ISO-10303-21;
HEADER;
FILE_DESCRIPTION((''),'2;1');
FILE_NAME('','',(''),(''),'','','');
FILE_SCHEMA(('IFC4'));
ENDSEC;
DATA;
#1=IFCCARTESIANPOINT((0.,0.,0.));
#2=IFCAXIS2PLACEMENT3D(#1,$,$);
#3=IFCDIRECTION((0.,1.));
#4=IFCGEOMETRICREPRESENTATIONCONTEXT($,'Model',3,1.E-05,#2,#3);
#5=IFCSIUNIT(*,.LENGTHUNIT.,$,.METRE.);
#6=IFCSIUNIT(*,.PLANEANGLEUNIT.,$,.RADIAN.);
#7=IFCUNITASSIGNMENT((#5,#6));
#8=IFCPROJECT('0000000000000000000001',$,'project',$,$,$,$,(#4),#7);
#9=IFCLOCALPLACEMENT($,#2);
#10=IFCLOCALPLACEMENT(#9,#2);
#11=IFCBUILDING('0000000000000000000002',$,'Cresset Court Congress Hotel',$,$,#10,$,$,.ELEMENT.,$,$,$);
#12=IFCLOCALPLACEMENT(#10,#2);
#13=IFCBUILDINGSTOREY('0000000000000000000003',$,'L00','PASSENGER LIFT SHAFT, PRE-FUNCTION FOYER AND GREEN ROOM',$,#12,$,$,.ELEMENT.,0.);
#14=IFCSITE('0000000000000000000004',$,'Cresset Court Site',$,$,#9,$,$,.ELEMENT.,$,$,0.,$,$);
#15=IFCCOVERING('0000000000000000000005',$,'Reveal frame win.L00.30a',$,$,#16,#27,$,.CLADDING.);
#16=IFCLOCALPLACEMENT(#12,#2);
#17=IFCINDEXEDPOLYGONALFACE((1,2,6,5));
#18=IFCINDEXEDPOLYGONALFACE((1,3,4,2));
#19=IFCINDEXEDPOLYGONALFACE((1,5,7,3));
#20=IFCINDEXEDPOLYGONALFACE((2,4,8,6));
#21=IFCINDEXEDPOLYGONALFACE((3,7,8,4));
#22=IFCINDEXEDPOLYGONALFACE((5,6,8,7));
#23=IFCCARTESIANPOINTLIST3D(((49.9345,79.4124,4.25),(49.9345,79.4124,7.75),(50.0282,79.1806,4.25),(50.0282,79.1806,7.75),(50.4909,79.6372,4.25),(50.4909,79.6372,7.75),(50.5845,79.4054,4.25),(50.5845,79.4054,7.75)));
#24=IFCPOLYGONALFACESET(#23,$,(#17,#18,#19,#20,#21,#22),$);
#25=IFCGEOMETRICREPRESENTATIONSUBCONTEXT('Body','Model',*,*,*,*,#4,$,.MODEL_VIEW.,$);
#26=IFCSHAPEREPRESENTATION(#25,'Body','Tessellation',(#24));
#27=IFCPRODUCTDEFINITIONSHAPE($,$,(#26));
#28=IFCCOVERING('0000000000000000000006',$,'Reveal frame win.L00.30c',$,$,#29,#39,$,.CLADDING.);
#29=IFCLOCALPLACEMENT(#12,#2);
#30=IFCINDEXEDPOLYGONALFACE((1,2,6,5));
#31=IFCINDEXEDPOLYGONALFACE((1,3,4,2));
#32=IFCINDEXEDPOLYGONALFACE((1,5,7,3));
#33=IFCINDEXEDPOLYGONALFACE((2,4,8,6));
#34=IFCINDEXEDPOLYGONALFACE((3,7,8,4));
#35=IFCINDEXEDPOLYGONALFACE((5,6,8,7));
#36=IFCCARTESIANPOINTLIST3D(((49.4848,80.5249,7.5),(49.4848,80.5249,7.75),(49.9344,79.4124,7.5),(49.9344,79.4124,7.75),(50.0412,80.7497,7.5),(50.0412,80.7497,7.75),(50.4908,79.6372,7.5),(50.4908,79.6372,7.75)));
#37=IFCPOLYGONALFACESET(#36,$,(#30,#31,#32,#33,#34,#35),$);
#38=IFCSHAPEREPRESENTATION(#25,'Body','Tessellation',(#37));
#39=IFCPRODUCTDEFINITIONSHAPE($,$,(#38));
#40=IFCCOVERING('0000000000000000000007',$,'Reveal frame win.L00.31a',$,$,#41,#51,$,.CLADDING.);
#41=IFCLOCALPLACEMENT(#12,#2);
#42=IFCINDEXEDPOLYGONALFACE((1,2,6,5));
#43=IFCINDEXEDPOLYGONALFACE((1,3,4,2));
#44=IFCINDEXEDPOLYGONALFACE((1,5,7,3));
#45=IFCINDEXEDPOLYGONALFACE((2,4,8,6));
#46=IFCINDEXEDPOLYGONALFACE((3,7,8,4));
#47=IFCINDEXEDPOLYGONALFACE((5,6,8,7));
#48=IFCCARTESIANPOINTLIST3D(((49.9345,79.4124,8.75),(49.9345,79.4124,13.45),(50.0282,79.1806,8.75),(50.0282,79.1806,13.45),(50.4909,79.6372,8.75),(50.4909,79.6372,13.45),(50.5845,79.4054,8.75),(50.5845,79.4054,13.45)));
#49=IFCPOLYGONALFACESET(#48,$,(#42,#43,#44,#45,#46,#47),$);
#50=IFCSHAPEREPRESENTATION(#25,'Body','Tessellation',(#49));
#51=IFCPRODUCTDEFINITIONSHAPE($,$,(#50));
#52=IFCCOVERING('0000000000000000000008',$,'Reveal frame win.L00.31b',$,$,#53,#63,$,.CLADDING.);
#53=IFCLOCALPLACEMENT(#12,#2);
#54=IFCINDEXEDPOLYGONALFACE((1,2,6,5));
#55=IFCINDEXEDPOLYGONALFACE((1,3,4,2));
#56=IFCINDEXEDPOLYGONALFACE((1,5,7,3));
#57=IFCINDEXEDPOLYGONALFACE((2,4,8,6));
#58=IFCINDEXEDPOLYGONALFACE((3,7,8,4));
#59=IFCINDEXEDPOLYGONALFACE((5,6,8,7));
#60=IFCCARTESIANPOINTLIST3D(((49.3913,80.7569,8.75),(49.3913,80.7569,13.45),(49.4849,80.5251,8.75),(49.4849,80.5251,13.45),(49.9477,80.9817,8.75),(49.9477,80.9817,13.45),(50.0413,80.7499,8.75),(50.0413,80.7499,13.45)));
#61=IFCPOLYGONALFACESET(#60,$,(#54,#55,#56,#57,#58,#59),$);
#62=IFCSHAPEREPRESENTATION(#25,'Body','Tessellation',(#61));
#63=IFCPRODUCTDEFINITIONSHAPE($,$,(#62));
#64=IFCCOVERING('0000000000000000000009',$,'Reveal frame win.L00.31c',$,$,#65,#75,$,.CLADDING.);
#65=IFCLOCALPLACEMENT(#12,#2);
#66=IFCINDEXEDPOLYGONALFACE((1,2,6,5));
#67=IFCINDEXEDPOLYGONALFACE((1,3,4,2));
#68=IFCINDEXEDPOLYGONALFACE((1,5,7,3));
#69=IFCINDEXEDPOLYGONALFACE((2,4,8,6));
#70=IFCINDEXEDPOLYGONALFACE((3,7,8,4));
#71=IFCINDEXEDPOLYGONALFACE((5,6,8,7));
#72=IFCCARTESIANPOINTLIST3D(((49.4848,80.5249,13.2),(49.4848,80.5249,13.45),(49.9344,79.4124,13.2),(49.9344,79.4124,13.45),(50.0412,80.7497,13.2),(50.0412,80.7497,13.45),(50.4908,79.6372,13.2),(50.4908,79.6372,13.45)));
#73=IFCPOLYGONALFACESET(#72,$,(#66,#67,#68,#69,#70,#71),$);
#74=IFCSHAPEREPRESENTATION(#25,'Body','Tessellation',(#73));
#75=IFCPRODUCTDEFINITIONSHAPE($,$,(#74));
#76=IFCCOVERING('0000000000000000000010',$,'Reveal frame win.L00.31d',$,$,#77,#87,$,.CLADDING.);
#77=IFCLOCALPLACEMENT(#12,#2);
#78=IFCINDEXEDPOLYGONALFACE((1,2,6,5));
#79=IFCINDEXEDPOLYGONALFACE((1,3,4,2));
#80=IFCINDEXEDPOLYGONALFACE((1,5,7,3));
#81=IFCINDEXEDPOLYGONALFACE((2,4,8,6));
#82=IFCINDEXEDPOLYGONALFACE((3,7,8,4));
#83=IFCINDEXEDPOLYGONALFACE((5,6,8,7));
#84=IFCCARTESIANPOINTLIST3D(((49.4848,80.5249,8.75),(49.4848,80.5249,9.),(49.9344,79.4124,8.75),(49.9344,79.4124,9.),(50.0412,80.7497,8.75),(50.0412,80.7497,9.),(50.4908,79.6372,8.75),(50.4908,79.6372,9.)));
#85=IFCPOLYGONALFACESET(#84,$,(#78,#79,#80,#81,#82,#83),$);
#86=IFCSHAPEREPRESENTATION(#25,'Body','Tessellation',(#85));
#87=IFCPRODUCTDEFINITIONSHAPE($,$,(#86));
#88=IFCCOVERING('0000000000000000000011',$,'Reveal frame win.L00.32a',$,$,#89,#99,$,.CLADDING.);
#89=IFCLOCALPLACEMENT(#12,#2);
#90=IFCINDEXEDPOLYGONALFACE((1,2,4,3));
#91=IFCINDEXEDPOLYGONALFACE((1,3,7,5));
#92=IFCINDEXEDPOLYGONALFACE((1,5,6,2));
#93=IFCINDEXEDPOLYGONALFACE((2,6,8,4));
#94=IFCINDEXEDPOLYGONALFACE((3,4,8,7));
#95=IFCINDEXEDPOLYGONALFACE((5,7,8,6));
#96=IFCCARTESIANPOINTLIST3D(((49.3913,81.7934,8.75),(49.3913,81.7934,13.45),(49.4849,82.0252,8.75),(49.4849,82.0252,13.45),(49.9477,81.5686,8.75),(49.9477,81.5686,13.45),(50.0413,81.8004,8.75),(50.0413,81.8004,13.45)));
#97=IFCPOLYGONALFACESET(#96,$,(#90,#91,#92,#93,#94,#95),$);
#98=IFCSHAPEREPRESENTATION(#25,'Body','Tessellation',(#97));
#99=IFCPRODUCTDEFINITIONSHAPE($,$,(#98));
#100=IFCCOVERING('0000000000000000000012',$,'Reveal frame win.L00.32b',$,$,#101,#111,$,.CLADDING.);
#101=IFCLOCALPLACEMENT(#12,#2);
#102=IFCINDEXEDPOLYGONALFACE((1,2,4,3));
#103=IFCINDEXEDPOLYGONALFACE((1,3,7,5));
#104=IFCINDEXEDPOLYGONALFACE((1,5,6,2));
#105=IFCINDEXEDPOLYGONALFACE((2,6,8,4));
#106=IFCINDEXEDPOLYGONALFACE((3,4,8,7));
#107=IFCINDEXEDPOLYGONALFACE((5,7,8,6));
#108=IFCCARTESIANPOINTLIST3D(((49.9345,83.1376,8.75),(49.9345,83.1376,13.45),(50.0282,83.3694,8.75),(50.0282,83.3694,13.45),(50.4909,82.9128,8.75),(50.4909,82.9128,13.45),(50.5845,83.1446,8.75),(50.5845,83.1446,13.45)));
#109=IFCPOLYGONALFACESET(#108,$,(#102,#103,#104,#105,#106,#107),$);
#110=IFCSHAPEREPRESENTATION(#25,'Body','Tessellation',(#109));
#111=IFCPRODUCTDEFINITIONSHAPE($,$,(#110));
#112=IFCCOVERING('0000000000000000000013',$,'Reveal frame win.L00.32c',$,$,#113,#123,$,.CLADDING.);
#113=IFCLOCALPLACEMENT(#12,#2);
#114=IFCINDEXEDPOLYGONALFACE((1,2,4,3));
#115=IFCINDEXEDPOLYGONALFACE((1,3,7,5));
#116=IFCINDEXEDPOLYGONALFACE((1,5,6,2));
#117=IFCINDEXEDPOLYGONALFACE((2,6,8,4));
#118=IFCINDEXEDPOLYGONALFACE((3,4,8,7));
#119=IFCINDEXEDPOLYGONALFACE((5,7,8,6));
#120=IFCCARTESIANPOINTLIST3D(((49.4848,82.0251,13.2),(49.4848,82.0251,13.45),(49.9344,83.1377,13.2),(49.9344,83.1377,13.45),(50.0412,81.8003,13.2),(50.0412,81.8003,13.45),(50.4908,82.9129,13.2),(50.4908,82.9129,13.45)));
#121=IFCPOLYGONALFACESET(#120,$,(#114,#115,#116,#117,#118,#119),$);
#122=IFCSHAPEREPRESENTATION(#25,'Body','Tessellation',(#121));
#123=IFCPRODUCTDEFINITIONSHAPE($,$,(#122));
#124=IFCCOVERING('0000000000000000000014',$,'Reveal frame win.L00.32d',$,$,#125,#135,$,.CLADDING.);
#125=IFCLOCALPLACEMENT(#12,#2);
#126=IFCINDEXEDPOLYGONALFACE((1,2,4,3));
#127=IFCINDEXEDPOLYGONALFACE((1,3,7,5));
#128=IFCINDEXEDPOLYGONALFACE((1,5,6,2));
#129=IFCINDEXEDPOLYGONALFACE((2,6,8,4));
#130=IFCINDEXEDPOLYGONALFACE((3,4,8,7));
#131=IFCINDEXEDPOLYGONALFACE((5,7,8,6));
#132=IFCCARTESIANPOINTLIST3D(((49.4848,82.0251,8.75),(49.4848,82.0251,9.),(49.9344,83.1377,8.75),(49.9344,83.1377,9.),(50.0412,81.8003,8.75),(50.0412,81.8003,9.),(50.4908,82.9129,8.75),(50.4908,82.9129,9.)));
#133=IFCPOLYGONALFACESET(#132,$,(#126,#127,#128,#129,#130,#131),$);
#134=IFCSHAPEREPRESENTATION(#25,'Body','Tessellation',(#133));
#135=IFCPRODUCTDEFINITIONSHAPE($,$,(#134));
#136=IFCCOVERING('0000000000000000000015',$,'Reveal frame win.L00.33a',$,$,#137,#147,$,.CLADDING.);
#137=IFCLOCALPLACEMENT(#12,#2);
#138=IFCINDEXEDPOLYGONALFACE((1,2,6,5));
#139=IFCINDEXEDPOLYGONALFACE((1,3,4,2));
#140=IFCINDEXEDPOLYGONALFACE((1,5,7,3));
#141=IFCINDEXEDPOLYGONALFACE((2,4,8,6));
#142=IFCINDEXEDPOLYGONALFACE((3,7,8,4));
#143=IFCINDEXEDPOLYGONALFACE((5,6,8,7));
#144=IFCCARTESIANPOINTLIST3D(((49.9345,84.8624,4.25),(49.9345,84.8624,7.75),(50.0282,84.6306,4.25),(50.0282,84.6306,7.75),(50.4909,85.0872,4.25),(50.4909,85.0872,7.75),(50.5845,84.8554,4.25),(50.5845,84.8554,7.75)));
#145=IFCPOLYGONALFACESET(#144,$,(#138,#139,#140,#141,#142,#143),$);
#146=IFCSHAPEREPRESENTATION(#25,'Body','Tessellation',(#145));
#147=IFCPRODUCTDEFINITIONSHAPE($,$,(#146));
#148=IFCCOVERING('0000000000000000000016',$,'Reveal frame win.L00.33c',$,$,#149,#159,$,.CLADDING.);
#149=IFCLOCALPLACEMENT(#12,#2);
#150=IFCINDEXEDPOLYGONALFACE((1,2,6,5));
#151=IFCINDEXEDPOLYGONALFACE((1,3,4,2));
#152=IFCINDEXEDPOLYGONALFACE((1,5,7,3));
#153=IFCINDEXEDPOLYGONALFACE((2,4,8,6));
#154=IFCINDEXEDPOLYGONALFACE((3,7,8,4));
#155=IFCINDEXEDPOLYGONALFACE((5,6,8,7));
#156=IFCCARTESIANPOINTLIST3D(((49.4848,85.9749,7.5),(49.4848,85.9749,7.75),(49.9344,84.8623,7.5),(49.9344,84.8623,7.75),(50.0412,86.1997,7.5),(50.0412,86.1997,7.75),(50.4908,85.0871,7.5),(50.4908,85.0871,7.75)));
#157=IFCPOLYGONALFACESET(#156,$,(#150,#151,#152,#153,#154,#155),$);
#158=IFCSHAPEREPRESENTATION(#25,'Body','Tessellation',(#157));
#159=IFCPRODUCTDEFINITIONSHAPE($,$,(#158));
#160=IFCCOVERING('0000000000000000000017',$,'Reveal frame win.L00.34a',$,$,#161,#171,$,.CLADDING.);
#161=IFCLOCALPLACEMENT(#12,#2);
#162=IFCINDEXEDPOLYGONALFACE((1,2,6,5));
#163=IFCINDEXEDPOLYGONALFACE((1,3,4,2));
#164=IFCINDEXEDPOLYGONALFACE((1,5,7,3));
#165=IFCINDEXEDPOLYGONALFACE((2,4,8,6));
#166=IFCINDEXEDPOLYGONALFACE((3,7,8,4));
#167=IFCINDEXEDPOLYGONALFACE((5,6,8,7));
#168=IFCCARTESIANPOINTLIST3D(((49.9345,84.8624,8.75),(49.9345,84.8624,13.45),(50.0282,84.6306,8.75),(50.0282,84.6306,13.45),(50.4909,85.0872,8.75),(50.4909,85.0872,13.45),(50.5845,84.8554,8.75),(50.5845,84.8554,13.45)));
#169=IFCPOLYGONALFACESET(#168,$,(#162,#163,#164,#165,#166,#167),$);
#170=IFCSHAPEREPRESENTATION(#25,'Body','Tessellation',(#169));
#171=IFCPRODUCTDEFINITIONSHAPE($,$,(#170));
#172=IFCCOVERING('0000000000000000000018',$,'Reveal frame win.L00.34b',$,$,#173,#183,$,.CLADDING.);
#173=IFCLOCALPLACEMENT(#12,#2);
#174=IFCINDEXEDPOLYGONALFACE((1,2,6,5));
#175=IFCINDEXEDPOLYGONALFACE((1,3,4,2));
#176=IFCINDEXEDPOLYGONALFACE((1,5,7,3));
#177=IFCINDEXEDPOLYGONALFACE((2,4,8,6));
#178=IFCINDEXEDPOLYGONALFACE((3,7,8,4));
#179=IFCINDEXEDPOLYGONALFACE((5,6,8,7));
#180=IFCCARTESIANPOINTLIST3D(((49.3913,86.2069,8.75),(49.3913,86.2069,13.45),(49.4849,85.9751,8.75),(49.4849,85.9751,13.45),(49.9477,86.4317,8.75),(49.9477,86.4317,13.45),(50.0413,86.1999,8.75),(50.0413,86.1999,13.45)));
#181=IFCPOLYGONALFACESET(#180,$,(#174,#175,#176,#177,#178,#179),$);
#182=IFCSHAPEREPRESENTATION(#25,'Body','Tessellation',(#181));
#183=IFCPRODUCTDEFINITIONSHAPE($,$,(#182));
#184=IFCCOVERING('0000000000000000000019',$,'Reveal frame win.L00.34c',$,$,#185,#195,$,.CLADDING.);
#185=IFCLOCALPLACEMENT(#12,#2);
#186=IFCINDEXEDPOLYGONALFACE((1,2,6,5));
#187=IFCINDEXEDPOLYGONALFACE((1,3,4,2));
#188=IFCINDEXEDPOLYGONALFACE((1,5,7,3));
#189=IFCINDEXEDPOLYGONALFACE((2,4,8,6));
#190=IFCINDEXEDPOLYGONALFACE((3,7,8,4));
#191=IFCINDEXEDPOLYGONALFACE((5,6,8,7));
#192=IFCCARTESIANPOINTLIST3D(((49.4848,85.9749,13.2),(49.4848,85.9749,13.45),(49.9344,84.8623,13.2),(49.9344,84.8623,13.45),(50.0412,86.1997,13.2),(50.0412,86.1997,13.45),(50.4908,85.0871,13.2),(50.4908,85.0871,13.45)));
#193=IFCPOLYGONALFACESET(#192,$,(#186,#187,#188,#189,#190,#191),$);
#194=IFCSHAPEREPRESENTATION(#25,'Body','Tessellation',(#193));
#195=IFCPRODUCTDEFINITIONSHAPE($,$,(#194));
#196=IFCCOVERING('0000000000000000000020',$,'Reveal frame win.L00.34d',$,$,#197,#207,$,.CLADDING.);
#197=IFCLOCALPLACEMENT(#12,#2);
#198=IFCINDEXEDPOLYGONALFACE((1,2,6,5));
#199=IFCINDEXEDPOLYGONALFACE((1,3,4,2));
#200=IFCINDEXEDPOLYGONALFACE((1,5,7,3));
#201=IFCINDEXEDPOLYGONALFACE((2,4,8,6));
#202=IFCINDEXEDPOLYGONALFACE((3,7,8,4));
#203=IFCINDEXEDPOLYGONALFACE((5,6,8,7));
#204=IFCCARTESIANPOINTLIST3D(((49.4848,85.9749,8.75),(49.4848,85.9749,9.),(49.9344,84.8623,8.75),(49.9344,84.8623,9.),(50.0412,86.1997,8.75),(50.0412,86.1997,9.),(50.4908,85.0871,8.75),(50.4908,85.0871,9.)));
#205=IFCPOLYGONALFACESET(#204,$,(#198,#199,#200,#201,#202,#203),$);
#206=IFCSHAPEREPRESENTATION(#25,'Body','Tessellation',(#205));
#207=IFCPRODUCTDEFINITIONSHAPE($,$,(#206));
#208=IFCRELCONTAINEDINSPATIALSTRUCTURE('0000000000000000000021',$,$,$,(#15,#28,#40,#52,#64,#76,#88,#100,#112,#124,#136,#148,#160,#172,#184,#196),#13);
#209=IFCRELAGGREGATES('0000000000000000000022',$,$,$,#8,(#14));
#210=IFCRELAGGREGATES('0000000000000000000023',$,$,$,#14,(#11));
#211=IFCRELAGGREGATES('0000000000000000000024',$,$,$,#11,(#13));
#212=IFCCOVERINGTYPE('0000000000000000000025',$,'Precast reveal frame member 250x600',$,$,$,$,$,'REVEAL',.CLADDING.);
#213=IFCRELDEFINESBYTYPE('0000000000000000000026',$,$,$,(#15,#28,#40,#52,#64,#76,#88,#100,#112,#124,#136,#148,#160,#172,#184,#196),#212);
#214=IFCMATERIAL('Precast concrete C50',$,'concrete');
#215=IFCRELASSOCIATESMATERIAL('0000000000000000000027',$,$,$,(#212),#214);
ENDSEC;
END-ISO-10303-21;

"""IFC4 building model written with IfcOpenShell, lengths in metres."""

from ifc_helpers import new_model, si_unit, direction, frame, origin, origin_2d, place, context, subcontext, project, spatial, rectangle, extrude, material, type_object, element, save


model = new_model("IFC4")

# Units and contexts
model_context = context("Model", 3, precision=1e-05, world=origin(), true_north=direction((0.0, 1.0)))
body_context = subcontext(model_context, "Body", "Model", "MODEL_VIEW")
ifc_project = project(units=[si_unit("LENGTHUNIT", "METRE"), si_unit("PLANEANGLEUNIT", "RADIAN")], contexts=[model_context])

# Site, building, storey
site_placement = place(None, origin())
site = spatial("IfcSite", under=ifc_project, at=site_placement, Name="Cresset Court Site", CompositionType="ELEMENT", RefElevation=0.0)
building_placement = place(site_placement, origin())
building = spatial("IfcBuilding", under=site, at=building_placement, Name="Cresset Court Congress Hotel", CompositionType="ELEMENT")
storey_placement = place(building_placement, origin())
storey = spatial("IfcBuildingStorey", under=building, at=storey_placement, Name="L00", Description="PASSENGER LIFT SHAFT, PRE-FUNCTION FOYER AND GREEN ROOM", CompositionType="ELEMENT", Elevation=0.0)

# Coverings
ifc_material = material(Name="Precast concrete C50", Category="concrete")
covering_type = type_object("IfcCoveringType", Name="Precast reveal frame member 250x600", ElementType="REVEAL", PredefinedType="CLADDING", material=ifc_material)
covering_1_placement = place(storey_placement, frame((50.2595, 79.4089, 4.25), z_axis=(0.0, 0.0, 1.0), x_axis=(-0.374623, 0.927177, 0.0)))
element("IfcCovering", 1, at=covering_1_placement, inside=storey, type_object=covering_type, Name="Reveal frame win.L00.30a", PredefinedType="CLADDING", context=body_context, shape_type="SweptSolid", body=[
    extrude(rectangle(XDim=0.25, YDim=0.6001, at=origin_2d()), origin(), (0.0, 0.0, 1.0), 3.5),
])
covering_2_placement = place(storey_placement, frame((49.9878, 80.0811, 7.5), z_axis=(0.0, 0.0, 1.0), x_axis=(-0.374623, 0.927177, 0.0)))
element("IfcCovering", 2, at=covering_2_placement, inside=storey, type_object=covering_type, Name="Reveal frame win.L00.30c", PredefinedType="CLADDING", context=body_context, shape_type="SweptSolid", body=[
    extrude(rectangle(XDim=1.2, YDim=0.6001, at=origin_2d()), origin(), (0.0, 0.0, 1.0), 0.25),
])
for number, where, z_axis, x_axis, name in (
    (3, (50.2595, 79.4089, 8.75), (0.0, 0.0, 1.0), (-0.374623, 0.927177, 0.0), "Reveal frame win.L00.31a"),
    (4, (49.7163, 80.7534, 8.75), (0.0, 0.0, 1.0), (-0.374623, 0.927177, 0.0), "Reveal frame win.L00.31b"),
):
    element("IfcCovering", number, at=place(storey_placement, frame(where, z_axis=z_axis, x_axis=x_axis)), inside=storey, type_object=covering_type, Name=name, PredefinedType="CLADDING", context=body_context, shape_type="SweptSolid", body=[
        extrude(rectangle(XDim=0.25, YDim=0.6001, at=origin_2d()), origin(), (0.0, 0.0, 1.0), 4.7),
    ])
for number, where, z_axis, x_axis, name in (
    (5, (49.9878, 80.0811, 13.2), (0.0, 0.0, 1.0), (-0.374623, 0.927177, 0.0), "Reveal frame win.L00.31c"),
    (6, (49.9878, 80.0811, 8.75), (0.0, 0.0, 1.0), (-0.374623, 0.927177, 0.0), "Reveal frame win.L00.31d"),
):
    element("IfcCovering", number, at=place(storey_placement, frame(where, z_axis=z_axis, x_axis=x_axis)), inside=storey, type_object=covering_type, Name=name, PredefinedType="CLADDING", context=body_context, shape_type="SweptSolid", body=[
        extrude(rectangle(XDim=1.2, YDim=0.6001, at=origin_2d()), origin(), (0.0, 0.0, 1.0), 0.25),
    ])
for number, where, z_axis, x_axis, name in (
    (7, (49.7163, 81.7969, 8.75), (0.0, 0.0, 1.0), (0.374623, 0.927177, 0.0), "Reveal frame win.L00.32a"),
    (8, (50.2595, 83.1411, 8.75), (0.0, 0.0, 1.0), (0.374623, 0.927177, 0.0), "Reveal frame win.L00.32b"),
):
    element("IfcCovering", number, at=place(storey_placement, frame(where, z_axis=z_axis, x_axis=x_axis)), inside=storey, type_object=covering_type, Name=name, PredefinedType="CLADDING", context=body_context, shape_type="SweptSolid", body=[
        extrude(rectangle(XDim=0.25, YDim=0.6001, at=origin_2d()), origin(), (0.0, 0.0, 1.0), 4.7),
    ])
for number, where, z_axis, x_axis, name in (
    (9, (49.9878, 82.469, 13.2), (0.0, 0.0, 1.0), (0.374623, 0.927177, 0.0), "Reveal frame win.L00.32c"),
    (10, (49.9878, 82.469, 8.75), (0.0, 0.0, 1.0), (0.374623, 0.927177, 0.0), "Reveal frame win.L00.32d"),
):
    element("IfcCovering", number, at=place(storey_placement, frame(where, z_axis=z_axis, x_axis=x_axis)), inside=storey, type_object=covering_type, Name=name, PredefinedType="CLADDING", context=body_context, shape_type="SweptSolid", body=[
        extrude(rectangle(XDim=1.2, YDim=0.6001, at=origin_2d()), origin(), (0.0, 0.0, 1.0), 0.25),
    ])
covering_3_placement = place(storey_placement, frame((50.2595, 84.8589, 4.25), z_axis=(0.0, 0.0, 1.0), x_axis=(-0.374623, 0.927177, 0.0)))
element("IfcCovering", 11, at=covering_3_placement, inside=storey, type_object=covering_type, Name="Reveal frame win.L00.33a", PredefinedType="CLADDING", context=body_context, shape_type="SweptSolid", body=[
    extrude(rectangle(XDim=0.25, YDim=0.6001, at=origin_2d()), origin(), (0.0, 0.0, 1.0), 3.5),
])
covering_4_placement = place(storey_placement, frame((49.9878, 85.531, 7.5), z_axis=(0.0, 0.0, 1.0), x_axis=(-0.374623, 0.927177, 0.0)))
element("IfcCovering", 12, at=covering_4_placement, inside=storey, type_object=covering_type, Name="Reveal frame win.L00.33c", PredefinedType="CLADDING", context=body_context, shape_type="SweptSolid", body=[
    extrude(rectangle(XDim=1.2, YDim=0.6001, at=origin_2d()), origin(), (0.0, 0.0, 1.0), 0.25),
])
for number, where, z_axis, x_axis, name in (
    (13, (50.2595, 84.8589, 8.75), (0.0, 0.0, 1.0), (-0.374623, 0.927177, 0.0), "Reveal frame win.L00.34a"),
    (14, (49.7163, 86.2034, 8.75), (0.0, 0.0, 1.0), (-0.374623, 0.927177, 0.0), "Reveal frame win.L00.34b"),
):
    element("IfcCovering", number, at=place(storey_placement, frame(where, z_axis=z_axis, x_axis=x_axis)), inside=storey, type_object=covering_type, Name=name, PredefinedType="CLADDING", context=body_context, shape_type="SweptSolid", body=[
        extrude(rectangle(XDim=0.25, YDim=0.6001, at=origin_2d()), origin(), (0.0, 0.0, 1.0), 4.7),
    ])
for number, where, z_axis, x_axis, name in (
    (15, (49.9878, 85.531, 13.2), (0.0, 0.0, 1.0), (-0.374623, 0.927177, 0.0), "Reveal frame win.L00.34c"),
    (16, (49.9878, 85.531, 8.75), (0.0, 0.0, 1.0), (-0.374623, 0.927177, 0.0), "Reveal frame win.L00.34d"),
):
    element("IfcCovering", number, at=place(storey_placement, frame(where, z_axis=z_axis, x_axis=x_axis)), inside=storey, type_object=covering_type, Name=name, PredefinedType="CLADDING", context=body_context, shape_type="SweptSolid", body=[
        extrude(rectangle(XDim=1.2, YDim=0.6001, at=origin_2d()), origin(), (0.0, 0.0, 1.0), 0.25),
    ])

save(model, "model.ifc")
